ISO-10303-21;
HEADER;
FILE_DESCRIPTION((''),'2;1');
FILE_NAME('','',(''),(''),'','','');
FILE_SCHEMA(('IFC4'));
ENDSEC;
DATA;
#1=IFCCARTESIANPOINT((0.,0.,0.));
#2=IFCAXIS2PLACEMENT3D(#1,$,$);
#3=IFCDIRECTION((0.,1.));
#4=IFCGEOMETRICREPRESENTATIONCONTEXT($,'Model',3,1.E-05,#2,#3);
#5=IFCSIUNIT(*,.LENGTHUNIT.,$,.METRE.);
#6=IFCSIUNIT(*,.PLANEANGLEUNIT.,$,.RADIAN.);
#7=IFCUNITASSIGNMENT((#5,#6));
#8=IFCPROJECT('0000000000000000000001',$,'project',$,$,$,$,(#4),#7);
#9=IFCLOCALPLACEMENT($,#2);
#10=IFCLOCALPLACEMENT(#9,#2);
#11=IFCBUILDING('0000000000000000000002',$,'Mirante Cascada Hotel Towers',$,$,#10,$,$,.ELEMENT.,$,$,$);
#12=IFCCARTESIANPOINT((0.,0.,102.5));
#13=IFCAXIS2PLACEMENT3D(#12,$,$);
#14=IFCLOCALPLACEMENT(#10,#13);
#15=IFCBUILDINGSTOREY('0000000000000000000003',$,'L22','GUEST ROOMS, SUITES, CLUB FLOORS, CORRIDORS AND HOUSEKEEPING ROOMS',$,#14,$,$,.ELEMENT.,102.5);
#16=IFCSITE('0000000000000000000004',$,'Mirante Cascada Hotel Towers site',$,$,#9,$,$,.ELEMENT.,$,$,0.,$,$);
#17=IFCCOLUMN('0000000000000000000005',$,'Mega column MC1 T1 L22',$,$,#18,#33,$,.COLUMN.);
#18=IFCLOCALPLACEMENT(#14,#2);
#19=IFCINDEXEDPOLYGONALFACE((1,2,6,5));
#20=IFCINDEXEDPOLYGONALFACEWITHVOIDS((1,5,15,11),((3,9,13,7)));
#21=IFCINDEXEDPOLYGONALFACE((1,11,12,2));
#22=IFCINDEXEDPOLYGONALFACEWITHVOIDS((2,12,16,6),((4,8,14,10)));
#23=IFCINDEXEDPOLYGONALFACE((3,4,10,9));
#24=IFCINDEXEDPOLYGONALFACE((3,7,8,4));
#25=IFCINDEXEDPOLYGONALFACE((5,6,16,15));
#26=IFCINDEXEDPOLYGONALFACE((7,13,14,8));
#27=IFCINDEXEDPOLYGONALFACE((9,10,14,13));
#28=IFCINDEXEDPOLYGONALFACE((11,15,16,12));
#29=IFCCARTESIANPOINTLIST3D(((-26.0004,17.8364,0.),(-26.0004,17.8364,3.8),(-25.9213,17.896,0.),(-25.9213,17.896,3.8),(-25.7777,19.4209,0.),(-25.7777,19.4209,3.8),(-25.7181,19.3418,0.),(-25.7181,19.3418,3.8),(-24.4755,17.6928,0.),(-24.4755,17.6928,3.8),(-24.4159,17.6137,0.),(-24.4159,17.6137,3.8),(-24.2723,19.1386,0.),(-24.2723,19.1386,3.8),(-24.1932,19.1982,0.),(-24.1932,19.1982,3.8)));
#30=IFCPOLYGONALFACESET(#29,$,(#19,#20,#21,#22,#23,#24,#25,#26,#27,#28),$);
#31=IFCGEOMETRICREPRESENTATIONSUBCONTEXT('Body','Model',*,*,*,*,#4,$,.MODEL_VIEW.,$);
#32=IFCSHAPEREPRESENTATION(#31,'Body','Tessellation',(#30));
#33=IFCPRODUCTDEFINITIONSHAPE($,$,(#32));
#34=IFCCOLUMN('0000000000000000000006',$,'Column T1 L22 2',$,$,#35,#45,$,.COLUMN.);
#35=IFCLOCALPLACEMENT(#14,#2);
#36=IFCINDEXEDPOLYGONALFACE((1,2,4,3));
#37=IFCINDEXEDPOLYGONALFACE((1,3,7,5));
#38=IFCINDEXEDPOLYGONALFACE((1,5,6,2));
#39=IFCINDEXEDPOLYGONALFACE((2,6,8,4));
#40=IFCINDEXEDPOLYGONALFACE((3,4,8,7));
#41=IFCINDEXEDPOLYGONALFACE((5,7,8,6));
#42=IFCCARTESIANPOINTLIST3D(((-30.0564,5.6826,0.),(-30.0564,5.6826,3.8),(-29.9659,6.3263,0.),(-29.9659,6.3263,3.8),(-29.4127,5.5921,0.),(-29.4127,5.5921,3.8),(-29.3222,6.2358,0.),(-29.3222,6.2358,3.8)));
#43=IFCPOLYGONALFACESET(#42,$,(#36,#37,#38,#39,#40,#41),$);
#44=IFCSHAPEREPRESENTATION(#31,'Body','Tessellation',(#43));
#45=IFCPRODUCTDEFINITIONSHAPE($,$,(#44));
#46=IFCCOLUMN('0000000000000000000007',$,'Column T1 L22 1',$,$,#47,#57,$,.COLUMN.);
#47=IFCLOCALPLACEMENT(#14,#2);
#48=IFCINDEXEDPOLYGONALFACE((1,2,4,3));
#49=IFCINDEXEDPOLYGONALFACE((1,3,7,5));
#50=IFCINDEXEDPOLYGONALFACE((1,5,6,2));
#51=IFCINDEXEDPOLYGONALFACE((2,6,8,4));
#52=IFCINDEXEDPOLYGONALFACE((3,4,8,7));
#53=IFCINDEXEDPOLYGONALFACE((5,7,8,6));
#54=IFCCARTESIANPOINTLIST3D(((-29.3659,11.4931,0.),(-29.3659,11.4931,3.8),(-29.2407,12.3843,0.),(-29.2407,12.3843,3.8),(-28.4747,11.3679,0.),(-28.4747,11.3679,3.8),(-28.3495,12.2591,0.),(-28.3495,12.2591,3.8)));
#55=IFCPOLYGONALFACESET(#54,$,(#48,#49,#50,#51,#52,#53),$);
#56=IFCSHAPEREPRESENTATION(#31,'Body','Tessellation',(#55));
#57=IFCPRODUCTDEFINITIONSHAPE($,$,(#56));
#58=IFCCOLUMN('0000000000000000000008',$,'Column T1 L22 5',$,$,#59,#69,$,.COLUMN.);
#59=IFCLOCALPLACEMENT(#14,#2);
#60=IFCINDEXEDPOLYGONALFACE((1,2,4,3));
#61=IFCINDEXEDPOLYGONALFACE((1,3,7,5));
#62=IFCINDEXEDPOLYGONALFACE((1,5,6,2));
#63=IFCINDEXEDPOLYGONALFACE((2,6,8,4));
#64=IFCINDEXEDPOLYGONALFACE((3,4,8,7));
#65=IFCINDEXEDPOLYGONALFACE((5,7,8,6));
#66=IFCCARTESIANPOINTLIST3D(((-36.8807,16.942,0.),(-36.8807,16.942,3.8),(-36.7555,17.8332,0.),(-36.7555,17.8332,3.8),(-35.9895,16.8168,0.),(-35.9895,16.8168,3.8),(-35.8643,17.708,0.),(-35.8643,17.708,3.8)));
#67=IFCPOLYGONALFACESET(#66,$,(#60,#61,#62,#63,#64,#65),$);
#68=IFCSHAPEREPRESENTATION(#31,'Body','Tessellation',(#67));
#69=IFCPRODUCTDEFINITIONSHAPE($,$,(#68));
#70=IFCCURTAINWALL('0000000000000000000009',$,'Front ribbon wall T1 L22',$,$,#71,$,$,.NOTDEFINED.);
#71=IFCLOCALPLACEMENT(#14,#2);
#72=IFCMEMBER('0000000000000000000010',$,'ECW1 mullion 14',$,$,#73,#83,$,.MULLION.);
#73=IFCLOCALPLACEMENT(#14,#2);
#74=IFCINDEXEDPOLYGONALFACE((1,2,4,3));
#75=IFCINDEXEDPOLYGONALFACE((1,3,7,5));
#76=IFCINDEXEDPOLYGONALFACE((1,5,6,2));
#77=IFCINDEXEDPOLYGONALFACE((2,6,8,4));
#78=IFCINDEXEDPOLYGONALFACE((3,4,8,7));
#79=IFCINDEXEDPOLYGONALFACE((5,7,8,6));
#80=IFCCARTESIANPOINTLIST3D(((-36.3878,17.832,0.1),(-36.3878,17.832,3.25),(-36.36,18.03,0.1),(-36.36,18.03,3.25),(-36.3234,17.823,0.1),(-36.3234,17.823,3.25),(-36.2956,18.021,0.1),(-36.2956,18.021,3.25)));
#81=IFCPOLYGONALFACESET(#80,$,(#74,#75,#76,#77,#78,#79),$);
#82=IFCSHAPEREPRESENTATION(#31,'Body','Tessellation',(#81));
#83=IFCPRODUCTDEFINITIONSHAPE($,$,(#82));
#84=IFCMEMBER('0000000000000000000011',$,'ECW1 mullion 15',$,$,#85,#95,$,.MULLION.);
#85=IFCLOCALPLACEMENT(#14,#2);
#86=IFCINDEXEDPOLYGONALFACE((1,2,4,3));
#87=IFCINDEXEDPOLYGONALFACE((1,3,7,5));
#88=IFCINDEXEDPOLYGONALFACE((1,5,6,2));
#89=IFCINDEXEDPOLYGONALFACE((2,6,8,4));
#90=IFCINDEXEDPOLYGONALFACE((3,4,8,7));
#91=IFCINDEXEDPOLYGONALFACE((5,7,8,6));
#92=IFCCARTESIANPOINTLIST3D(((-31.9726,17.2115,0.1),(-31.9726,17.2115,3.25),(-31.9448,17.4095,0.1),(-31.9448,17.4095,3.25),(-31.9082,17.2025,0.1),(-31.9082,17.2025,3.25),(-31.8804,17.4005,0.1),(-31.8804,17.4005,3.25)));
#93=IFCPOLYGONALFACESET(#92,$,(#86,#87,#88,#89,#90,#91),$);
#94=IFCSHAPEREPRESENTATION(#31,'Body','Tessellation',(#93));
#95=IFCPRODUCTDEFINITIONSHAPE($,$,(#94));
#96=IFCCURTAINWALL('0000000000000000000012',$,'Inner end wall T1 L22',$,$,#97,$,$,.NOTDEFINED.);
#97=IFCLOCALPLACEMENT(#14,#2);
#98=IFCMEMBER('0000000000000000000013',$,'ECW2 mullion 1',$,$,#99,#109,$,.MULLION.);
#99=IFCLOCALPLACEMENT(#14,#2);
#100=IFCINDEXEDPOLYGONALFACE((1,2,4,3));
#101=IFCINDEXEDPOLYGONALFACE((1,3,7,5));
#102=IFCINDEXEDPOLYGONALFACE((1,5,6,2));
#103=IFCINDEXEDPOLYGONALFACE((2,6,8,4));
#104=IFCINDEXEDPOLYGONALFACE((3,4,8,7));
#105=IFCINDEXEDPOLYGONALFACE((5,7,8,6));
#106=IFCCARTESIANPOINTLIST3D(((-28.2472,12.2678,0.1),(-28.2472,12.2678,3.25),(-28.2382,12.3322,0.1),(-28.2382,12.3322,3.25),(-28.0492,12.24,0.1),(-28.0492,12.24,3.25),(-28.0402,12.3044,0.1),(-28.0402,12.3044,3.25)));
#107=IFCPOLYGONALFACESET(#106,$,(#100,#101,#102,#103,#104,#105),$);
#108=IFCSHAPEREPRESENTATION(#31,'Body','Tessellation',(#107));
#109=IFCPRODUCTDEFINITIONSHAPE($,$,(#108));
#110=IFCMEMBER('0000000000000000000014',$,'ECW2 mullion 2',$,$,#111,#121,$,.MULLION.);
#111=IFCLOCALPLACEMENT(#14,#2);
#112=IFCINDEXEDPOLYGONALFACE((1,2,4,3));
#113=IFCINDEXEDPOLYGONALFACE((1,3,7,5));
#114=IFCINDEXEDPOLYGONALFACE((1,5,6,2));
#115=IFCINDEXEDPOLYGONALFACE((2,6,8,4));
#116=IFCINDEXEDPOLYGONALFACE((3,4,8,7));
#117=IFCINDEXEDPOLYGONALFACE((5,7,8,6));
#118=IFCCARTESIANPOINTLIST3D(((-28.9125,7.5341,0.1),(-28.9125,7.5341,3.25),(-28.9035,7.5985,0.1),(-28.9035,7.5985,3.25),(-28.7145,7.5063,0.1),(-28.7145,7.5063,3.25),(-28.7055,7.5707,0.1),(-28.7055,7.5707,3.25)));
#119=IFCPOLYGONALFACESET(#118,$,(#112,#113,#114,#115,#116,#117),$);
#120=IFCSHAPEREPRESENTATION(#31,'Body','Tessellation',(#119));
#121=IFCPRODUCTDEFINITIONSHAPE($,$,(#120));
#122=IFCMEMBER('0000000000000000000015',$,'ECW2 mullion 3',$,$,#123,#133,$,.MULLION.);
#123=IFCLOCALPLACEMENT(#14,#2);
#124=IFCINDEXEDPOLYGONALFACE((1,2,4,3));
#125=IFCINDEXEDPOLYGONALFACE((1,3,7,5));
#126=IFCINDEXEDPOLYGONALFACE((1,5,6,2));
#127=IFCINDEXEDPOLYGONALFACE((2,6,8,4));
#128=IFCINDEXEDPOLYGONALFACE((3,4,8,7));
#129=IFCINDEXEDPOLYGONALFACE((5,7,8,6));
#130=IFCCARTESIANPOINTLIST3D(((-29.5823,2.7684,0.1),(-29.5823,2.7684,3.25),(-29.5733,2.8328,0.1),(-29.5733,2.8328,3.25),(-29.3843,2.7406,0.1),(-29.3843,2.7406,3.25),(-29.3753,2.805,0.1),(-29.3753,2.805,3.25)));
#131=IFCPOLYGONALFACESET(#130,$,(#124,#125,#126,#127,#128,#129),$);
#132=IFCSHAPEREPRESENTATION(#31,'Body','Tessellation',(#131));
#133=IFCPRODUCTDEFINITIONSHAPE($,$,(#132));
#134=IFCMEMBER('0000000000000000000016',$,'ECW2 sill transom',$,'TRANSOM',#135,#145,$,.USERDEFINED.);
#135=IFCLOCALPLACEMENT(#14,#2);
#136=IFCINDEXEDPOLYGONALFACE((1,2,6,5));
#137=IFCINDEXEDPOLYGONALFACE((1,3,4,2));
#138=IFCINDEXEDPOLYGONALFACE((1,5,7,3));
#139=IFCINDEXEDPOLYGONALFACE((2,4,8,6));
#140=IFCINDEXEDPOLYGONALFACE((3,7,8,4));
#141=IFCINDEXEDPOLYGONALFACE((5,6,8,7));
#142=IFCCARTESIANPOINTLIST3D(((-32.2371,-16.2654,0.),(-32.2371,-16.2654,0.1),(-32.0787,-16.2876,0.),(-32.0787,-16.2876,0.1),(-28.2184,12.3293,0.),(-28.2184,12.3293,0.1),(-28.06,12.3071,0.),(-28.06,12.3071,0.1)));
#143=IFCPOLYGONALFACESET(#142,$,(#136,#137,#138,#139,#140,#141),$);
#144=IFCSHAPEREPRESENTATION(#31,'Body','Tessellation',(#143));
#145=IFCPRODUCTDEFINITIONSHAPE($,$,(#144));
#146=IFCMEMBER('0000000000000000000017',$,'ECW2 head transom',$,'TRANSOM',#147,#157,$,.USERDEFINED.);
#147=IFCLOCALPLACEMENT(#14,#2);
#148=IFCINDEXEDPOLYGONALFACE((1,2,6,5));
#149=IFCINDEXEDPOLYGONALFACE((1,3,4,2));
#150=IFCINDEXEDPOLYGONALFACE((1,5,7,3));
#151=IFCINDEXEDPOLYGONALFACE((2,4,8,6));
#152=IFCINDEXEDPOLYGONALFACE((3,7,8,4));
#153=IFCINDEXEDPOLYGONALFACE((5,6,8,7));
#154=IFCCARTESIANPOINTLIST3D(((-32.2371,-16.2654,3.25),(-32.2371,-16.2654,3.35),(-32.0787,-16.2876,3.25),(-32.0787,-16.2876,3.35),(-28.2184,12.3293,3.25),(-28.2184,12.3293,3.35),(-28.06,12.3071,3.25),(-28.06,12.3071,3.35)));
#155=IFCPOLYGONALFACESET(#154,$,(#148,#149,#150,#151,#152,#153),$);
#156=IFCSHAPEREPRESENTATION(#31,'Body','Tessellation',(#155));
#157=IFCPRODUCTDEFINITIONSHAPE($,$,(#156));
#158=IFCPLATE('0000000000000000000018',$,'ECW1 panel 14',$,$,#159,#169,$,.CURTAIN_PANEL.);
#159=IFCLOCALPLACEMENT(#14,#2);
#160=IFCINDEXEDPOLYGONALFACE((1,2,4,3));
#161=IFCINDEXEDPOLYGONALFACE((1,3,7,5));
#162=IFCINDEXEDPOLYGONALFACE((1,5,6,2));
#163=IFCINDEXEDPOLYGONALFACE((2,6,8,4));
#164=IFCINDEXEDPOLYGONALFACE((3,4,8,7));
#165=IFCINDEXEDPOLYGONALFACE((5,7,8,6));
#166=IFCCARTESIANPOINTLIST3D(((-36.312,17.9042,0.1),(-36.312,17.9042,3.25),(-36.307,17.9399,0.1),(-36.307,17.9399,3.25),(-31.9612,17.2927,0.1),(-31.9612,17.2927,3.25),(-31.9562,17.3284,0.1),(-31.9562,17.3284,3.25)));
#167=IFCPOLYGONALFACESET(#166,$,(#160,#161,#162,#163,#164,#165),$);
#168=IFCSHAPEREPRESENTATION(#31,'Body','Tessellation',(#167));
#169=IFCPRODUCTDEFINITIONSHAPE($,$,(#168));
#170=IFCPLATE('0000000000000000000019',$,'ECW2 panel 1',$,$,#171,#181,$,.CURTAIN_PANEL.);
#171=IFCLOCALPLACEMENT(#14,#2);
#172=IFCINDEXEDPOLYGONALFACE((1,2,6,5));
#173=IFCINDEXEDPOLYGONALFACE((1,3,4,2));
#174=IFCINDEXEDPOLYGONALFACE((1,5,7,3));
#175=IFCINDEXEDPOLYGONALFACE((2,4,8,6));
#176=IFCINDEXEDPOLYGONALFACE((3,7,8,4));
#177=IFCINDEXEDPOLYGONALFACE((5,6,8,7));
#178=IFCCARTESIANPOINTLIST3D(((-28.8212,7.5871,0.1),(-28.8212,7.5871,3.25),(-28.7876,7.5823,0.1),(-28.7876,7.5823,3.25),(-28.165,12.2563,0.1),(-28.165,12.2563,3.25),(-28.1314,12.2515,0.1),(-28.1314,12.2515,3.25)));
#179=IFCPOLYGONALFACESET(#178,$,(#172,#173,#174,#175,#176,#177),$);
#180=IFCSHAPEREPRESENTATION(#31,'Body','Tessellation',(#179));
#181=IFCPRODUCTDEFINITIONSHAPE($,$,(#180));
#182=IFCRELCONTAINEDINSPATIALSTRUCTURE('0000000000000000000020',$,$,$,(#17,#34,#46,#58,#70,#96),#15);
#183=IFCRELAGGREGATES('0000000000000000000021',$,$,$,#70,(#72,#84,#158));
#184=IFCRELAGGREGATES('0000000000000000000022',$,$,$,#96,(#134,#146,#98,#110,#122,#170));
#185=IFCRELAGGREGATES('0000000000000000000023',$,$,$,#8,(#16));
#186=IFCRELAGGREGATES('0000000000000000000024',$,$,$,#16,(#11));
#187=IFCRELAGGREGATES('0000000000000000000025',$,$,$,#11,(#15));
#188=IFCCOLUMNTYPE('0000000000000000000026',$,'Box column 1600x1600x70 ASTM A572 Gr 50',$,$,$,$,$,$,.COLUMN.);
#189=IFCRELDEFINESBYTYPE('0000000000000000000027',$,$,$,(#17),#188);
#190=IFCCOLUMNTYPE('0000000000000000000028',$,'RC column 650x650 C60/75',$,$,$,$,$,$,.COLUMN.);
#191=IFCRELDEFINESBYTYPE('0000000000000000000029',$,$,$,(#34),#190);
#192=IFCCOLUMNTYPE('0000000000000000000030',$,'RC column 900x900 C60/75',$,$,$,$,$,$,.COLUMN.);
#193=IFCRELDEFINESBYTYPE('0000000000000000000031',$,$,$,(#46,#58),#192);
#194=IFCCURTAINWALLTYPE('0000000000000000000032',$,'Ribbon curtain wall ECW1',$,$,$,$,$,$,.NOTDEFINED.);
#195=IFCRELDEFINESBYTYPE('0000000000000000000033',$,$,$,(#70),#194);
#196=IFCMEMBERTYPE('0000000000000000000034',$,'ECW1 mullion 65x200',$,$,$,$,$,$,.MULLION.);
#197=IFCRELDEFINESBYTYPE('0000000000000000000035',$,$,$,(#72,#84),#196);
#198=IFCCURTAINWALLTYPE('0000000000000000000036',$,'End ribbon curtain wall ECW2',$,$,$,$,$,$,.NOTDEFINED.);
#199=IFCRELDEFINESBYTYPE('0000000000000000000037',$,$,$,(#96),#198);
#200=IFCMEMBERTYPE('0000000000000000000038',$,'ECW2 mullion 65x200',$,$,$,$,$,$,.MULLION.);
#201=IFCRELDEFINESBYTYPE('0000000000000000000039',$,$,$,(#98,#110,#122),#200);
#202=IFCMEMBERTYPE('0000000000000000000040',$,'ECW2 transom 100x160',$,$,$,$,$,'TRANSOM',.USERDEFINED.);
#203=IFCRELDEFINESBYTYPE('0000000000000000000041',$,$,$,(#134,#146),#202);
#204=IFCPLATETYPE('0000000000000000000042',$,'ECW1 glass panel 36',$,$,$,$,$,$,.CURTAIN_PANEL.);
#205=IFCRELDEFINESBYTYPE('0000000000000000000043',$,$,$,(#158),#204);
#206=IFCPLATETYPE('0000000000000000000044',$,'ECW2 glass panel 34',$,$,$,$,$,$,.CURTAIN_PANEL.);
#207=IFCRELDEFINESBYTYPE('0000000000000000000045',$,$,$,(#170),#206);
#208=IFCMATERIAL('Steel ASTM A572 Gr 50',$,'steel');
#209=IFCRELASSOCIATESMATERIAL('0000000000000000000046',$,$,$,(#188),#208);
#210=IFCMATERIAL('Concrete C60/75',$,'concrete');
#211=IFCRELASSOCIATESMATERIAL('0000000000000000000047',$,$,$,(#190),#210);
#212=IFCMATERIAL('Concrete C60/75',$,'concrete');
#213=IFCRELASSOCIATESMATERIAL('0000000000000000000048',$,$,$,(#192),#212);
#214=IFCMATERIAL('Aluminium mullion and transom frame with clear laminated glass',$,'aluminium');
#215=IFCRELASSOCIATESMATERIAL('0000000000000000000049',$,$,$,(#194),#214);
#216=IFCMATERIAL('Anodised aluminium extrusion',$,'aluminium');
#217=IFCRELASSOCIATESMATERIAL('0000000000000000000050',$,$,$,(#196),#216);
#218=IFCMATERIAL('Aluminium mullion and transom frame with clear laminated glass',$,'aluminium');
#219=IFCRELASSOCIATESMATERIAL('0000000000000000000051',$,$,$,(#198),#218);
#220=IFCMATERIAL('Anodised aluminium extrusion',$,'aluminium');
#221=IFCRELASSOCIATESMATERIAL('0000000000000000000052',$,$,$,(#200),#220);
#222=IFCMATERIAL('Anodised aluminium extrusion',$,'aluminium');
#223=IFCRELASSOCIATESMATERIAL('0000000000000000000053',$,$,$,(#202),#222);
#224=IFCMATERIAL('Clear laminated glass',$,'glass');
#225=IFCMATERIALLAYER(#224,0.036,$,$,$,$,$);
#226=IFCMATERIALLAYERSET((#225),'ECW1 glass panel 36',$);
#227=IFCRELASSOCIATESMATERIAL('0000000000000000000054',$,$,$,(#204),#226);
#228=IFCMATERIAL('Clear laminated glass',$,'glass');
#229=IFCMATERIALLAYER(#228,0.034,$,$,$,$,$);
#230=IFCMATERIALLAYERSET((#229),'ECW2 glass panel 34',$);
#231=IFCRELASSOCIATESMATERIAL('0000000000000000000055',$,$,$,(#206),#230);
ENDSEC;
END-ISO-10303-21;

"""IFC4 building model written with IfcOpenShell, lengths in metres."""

from ifc_helpers import new_model, si_unit, direction, frame, origin, origin_2d, place, context, subcontext, project, spatial, rectangle, hollow_rectangle, extrude, material, layer, layer_set, material_profile, profile_set, type_object, element, aggregate, save


model = new_model("IFC4")

# Units and contexts
model_context = context("Model", 3, precision=1e-05, world=origin(), true_north=direction((0.0, 1.0)))
body_context = subcontext(model_context, "Body", "Model", "MODEL_VIEW")
ifc_project = project(units=[si_unit("LENGTHUNIT", "METRE"), si_unit("PLANEANGLEUNIT", "RADIAN")], contexts=[model_context])

# Site, building, storey
site_placement = place(None, origin())
site = spatial("IfcSite", under=ifc_project, at=site_placement, Name="Mirante Cascada Hotel Towers site", CompositionType="ELEMENT", RefElevation=0.0)
building_placement = place(site_placement, origin())
building = spatial("IfcBuilding", under=site, at=building_placement, Name="Mirante Cascada Hotel Towers", CompositionType="ELEMENT")
storey_placement = place(building_placement, frame((0.0, 0.0, 102.5)))
storey = spatial("IfcBuildingStorey", under=building, at=storey_placement, Name="L22", Description="GUEST ROOMS, SUITES, CLUB FLOORS, CORRIDORS AND HOUSEKEEPING ROOMS", CompositionType="ELEMENT", Elevation=102.5)

# Columns
ifc_material_1 = material(Name="Steel ASTM A572 Gr 50", Category="steel")
ifc_material_profile_1 = material_profile(ifc_material_1, hollow_rectangle(XDim=1.6, YDim=1.6, WallThickness=0.07, at=origin_2d()), Name="Box column 1600x1600x70 ASTM A572 Gr 50")
ifc_profile_set_1 = profile_set([ifc_material_profile_1], Name="Steel ASTM A572 Gr 50")
column_type_1 = type_object("IfcColumnType", Name="Box column 1600x1600x70 ASTM A572 Gr 50", PredefinedType="COLUMN", material=ifc_profile_set_1)
column_1_placement = place(storey_placement, frame((-25.0968, 18.5173, 0.0), z_axis=(0.0, 0.0, 1.0), x_axis=(-0.990268, 0.139173, 0.0)))
element("IfcColumn", 1, at=column_1_placement, inside=storey, type_object=column_type_1, Name="Mega column MC1 T1 L22", PredefinedType="COLUMN", context=body_context, shape_type="SweptSolid", body=[
    extrude(hollow_rectangle(XDim=1.6, YDim=1.6, WallThickness=0.07, at=origin_2d()), origin(), (0.0, 0.0, 1.0), 3.8),
])
ifc_material_2 = material(Name="Concrete C60/75", Category="concrete")
ifc_material_profile_2 = material_profile(ifc_material_2, rectangle(XDim=0.65, YDim=0.65, at=origin_2d()), Name="RC column 650x650 C60/75")
ifc_profile_set_2 = profile_set([ifc_material_profile_2], Name="Concrete C60/75")
column_type_2 = type_object("IfcColumnType", Name="RC column 650x650 C60/75", PredefinedType="COLUMN", material=ifc_profile_set_2)
column_2_placement = place(storey_placement, frame((-29.6893, 5.9592, 0.0), z_axis=(0.0, 0.0, 1.0), x_axis=(-0.990268, 0.139173, 0.0)))
element("IfcColumn", 2, at=column_2_placement, inside=storey, type_object=column_type_2, Name="Column T1 L22 2", PredefinedType="COLUMN", context=body_context, shape_type="SweptSolid", body=[
    extrude(rectangle(XDim=0.65, YDim=0.65, at=origin_2d()), origin(), (0.0, 0.0, 1.0), 3.8),
])
ifc_material_3 = material(Name="Concrete C60/75", Category="concrete")
ifc_material_profile_3 = material_profile(ifc_material_3, rectangle(XDim=0.9, YDim=0.9, at=origin_2d()), Name="RC column 900x900 C60/75")
ifc_profile_set_3 = profile_set([ifc_material_profile_3], Name="Concrete C60/75")
column_type_3 = type_object("IfcColumnType", Name="RC column 900x900 C60/75", PredefinedType="COLUMN", material=ifc_profile_set_3)
for number, where, z_axis, x_axis, name in (
    (3, (-28.8577, 11.8761, 0.0), (0.0, 0.0, 1.0), (-0.990268, 0.139173, 0.0), "Column T1 L22 1"),
    (4, (-36.3725, 17.325, 0.0), (0.0, 0.0, 1.0), (-0.990268, 0.139173, 0.0), "Column T1 L22 5"),
):
    element("IfcColumn", number, at=place(storey_placement, frame(where, z_axis=z_axis, x_axis=x_axis)), inside=storey, type_object=column_type_3, Name=name, PredefinedType="COLUMN", context=body_context, shape_type="SweptSolid", body=[
        extrude(rectangle(XDim=0.9, YDim=0.9, at=origin_2d()), origin(), (0.0, 0.0, 1.0), 3.8),
    ])

# Curtain walls, members
ifc_material_4 = material(Name="Aluminium mullion and transom frame with clear laminated glass", Category="aluminium")
curtain_wall_type_1 = type_object("IfcCurtainWallType", Name="Ribbon curtain wall ECW1", PredefinedType="NOTDEFINED", material=ifc_material_4)
curtain_wall_1_placement = place(storey_placement, origin())
curtain_wall_1 = element("IfcCurtainWall", 5, at=curtain_wall_1_placement, inside=storey, type_object=curtain_wall_type_1, Name="Front ribbon wall T1 L22", PredefinedType="NOTDEFINED")
ifc_material_5 = material(Name="Anodised aluminium extrusion", Category="aluminium")
ifc_material_profile_4 = material_profile(ifc_material_5, rectangle(XDim=0.2, YDim=0.065, at=origin_2d()), Name="ECW1 MULLION 65x200")
ifc_profile_set_4 = profile_set([ifc_material_profile_4], Name="Anodised aluminium extrusion")
member_type_1 = type_object("IfcMemberType", Name="ECW1 mullion 65x200", PredefinedType="MULLION", material=ifc_profile_set_4)
member_1_placement = place(storey_placement, frame((-36.3417, 17.9265, 0.1), z_axis=(0.0, 0.0, 1.0), x_axis=(0.139173, 0.990268, 0.0)))
member_1 = element("IfcMember", 6, at=member_1_placement, type_object=member_type_1, Name="ECW1 mullion 14", PredefinedType="MULLION", context=body_context, shape_type="SweptSolid", body=[
    extrude(rectangle(XDim=0.2, YDim=0.065, at=origin_2d()), origin(), (0.0, 0.0, 1.0), 3.15),
])
member_2_placement = place(storey_placement, frame((-31.9265, 17.306, 0.1), z_axis=(0.0, 0.0, 1.0), x_axis=(0.139173, 0.990268, 0.0)))
member_2 = element("IfcMember", 7, at=member_2_placement, type_object=member_type_1, Name="ECW1 mullion 15", PredefinedType="MULLION", context=body_context, shape_type="SweptSolid", body=[
    extrude(rectangle(XDim=0.2, YDim=0.065, at=origin_2d()), origin(), (0.0, 0.0, 1.0), 3.15),
])
ifc_material_6 = material(Name="Aluminium mullion and transom frame with clear laminated glass", Category="aluminium")
curtain_wall_type_2 = type_object("IfcCurtainWallType", Name="End ribbon curtain wall ECW2", PredefinedType="NOTDEFINED", material=ifc_material_6)
curtain_wall_2_placement = place(storey_placement, origin())
curtain_wall_2 = element("IfcCurtainWall", 8, at=curtain_wall_2_placement, inside=storey, type_object=curtain_wall_type_2, Name="Inner end wall T1 L22", PredefinedType="NOTDEFINED")
ifc_material_7 = material(Name="Anodised aluminium extrusion", Category="aluminium")
ifc_material_profile_5 = material_profile(ifc_material_7, rectangle(XDim=0.2, YDim=0.065, at=origin_2d()), Name="ECW2 MULLION 65x200")
ifc_profile_set_5 = profile_set([ifc_material_profile_5], Name="Anodised aluminium extrusion")
member_type_2 = type_object("IfcMemberType", Name="ECW2 mullion 65x200", PredefinedType="MULLION", material=ifc_profile_set_5)
member_3_placement = place(storey_placement, frame((-28.1437, 12.2861, 0.1), z_axis=(0.0, 0.0, 1.0), x_axis=(0.990268, -0.139173, 0.0)))
member_3 = element("IfcMember", 9, at=member_3_placement, type_object=member_type_2, Name="ECW2 mullion 1", PredefinedType="MULLION", context=body_context, shape_type="SweptSolid", body=[
    extrude(rectangle(XDim=0.2, YDim=0.065, at=origin_2d()), origin(), (0.0, 0.0, 1.0), 3.15),
])
member_4_placement = place(storey_placement, frame((-28.809, 7.5524, 0.1), z_axis=(0.0, 0.0, 1.0), x_axis=(0.990268, -0.139173, 0.0)))
member_4 = element("IfcMember", 10, at=member_4_placement, type_object=member_type_2, Name="ECW2 mullion 2", PredefinedType="MULLION", context=body_context, shape_type="SweptSolid", body=[
    extrude(rectangle(XDim=0.2, YDim=0.065, at=origin_2d()), origin(), (0.0, 0.0, 1.0), 3.15),
])
member_5_placement = place(storey_placement, frame((-29.4788, 2.7867, 0.1), z_axis=(0.0, 0.0, 1.0), x_axis=(0.990268, -0.139173, 0.0)))
member_5 = element("IfcMember", 11, at=member_5_placement, type_object=member_type_2, Name="ECW2 mullion 3", PredefinedType="MULLION", context=body_context, shape_type="SweptSolid", body=[
    extrude(rectangle(XDim=0.2, YDim=0.065, at=origin_2d()), origin(), (0.0, 0.0, 1.0), 3.15),
])
ifc_material_8 = material(Name="Anodised aluminium extrusion", Category="aluminium")
ifc_material_profile_6 = material_profile(ifc_material_8, rectangle(XDim=0.16, YDim=0.1, at=origin_2d()), Name="ECW2 TRANSOM 100x160")
ifc_profile_set_6 = profile_set([ifc_material_profile_6], Name="Anodised aluminium extrusion")
member_type_3 = type_object("IfcMemberType", Name="ECW2 transom 100x160", ElementType="TRANSOM", PredefinedType="USERDEFINED", material=ifc_profile_set_6)
member_6_placement = place(storey_placement, frame((-28.1392, 12.3182, 0.05), z_axis=(-0.139172, -0.990268, 0.0), x_axis=(0.990268, -0.139172, 0.0)))
member_6 = element("IfcMember", 12, at=member_6_placement, type_object=member_type_3, Name="ECW2 sill transom", ObjectType="TRANSOM", PredefinedType="USERDEFINED", context=body_context, shape_type="SweptSolid", body=[
    extrude(rectangle(XDim=0.16, YDim=0.1, at=origin_2d()), origin(), (0.0, 0.0, 1.0), 28.8757),
])
member_7_placement = place(storey_placement, frame((-28.1392, 12.3182, 3.3), z_axis=(-0.139172, -0.990268, 0.0), x_axis=(0.990268, -0.139172, 0.0)))
member_7 = element("IfcMember", 13, at=member_7_placement, type_object=member_type_3, Name="ECW2 head transom", ObjectType="TRANSOM", PredefinedType="USERDEFINED", context=body_context, shape_type="SweptSolid", body=[
    extrude(rectangle(XDim=0.16, YDim=0.1, at=origin_2d()), origin(), (0.0, 0.0, 1.0), 28.8757),
])

# Plates
ifc_material_9 = material(Name="Clear laminated glass", Category="glass")
ifc_layer_1 = layer(ifc_material_9, 0.036)
ifc_layer_set_1 = layer_set([ifc_layer_1], Name="ECW1 glass panel 36")
plate_type_1 = type_object("IfcPlateType", Name="ECW1 glass panel 36", PredefinedType="CURTAIN_PANEL", material=ifc_layer_set_1)
plate_1_placement = place(storey_placement, frame((-34.1341, 17.6163, 0.1), z_axis=(0.0, 0.0, 1.0), x_axis=(0.990268, -0.139173, 0.0)))
plate_1 = element("IfcPlate", 14, at=plate_1_placement, type_object=plate_type_1, Name="ECW1 panel 14", PredefinedType="CURTAIN_PANEL", context=body_context, shape_type="SweptSolid", body=[
    extrude(rectangle(XDim=4.3936, YDim=0.036, at=origin_2d()), origin(), (0.0, 0.0, 1.0), 3.15),
])
aggregate(curtain_wall_1, [member_1, member_2, plate_1])
ifc_material_10 = material(Name="Clear laminated glass", Category="glass")
ifc_layer_2 = layer(ifc_material_10, 0.034)
ifc_layer_set_2 = layer_set([ifc_layer_2], Name="ECW2 glass panel 34")
plate_type_2 = type_object("IfcPlateType", Name="ECW2 glass panel 34", PredefinedType="CURTAIN_PANEL", material=ifc_layer_set_2)
plate_2_placement = place(storey_placement, frame((-28.4763, 9.9193, 0.1), z_axis=(0.0, 0.0, 1.0), x_axis=(-0.139173, -0.990268, 0.0)))
plate_2 = element("IfcPlate", 15, at=plate_2_placement, type_object=plate_type_2, Name="ECW2 panel 1", PredefinedType="CURTAIN_PANEL", context=body_context, shape_type="SweptSolid", body=[
    extrude(rectangle(XDim=4.7151, YDim=0.034, at=origin_2d()), origin(), (0.0, 0.0, 1.0), 3.15),
])
aggregate(curtain_wall_2, [member_6, member_7, member_3, member_4, member_5, plate_2])

save(model, "model.ifc")
